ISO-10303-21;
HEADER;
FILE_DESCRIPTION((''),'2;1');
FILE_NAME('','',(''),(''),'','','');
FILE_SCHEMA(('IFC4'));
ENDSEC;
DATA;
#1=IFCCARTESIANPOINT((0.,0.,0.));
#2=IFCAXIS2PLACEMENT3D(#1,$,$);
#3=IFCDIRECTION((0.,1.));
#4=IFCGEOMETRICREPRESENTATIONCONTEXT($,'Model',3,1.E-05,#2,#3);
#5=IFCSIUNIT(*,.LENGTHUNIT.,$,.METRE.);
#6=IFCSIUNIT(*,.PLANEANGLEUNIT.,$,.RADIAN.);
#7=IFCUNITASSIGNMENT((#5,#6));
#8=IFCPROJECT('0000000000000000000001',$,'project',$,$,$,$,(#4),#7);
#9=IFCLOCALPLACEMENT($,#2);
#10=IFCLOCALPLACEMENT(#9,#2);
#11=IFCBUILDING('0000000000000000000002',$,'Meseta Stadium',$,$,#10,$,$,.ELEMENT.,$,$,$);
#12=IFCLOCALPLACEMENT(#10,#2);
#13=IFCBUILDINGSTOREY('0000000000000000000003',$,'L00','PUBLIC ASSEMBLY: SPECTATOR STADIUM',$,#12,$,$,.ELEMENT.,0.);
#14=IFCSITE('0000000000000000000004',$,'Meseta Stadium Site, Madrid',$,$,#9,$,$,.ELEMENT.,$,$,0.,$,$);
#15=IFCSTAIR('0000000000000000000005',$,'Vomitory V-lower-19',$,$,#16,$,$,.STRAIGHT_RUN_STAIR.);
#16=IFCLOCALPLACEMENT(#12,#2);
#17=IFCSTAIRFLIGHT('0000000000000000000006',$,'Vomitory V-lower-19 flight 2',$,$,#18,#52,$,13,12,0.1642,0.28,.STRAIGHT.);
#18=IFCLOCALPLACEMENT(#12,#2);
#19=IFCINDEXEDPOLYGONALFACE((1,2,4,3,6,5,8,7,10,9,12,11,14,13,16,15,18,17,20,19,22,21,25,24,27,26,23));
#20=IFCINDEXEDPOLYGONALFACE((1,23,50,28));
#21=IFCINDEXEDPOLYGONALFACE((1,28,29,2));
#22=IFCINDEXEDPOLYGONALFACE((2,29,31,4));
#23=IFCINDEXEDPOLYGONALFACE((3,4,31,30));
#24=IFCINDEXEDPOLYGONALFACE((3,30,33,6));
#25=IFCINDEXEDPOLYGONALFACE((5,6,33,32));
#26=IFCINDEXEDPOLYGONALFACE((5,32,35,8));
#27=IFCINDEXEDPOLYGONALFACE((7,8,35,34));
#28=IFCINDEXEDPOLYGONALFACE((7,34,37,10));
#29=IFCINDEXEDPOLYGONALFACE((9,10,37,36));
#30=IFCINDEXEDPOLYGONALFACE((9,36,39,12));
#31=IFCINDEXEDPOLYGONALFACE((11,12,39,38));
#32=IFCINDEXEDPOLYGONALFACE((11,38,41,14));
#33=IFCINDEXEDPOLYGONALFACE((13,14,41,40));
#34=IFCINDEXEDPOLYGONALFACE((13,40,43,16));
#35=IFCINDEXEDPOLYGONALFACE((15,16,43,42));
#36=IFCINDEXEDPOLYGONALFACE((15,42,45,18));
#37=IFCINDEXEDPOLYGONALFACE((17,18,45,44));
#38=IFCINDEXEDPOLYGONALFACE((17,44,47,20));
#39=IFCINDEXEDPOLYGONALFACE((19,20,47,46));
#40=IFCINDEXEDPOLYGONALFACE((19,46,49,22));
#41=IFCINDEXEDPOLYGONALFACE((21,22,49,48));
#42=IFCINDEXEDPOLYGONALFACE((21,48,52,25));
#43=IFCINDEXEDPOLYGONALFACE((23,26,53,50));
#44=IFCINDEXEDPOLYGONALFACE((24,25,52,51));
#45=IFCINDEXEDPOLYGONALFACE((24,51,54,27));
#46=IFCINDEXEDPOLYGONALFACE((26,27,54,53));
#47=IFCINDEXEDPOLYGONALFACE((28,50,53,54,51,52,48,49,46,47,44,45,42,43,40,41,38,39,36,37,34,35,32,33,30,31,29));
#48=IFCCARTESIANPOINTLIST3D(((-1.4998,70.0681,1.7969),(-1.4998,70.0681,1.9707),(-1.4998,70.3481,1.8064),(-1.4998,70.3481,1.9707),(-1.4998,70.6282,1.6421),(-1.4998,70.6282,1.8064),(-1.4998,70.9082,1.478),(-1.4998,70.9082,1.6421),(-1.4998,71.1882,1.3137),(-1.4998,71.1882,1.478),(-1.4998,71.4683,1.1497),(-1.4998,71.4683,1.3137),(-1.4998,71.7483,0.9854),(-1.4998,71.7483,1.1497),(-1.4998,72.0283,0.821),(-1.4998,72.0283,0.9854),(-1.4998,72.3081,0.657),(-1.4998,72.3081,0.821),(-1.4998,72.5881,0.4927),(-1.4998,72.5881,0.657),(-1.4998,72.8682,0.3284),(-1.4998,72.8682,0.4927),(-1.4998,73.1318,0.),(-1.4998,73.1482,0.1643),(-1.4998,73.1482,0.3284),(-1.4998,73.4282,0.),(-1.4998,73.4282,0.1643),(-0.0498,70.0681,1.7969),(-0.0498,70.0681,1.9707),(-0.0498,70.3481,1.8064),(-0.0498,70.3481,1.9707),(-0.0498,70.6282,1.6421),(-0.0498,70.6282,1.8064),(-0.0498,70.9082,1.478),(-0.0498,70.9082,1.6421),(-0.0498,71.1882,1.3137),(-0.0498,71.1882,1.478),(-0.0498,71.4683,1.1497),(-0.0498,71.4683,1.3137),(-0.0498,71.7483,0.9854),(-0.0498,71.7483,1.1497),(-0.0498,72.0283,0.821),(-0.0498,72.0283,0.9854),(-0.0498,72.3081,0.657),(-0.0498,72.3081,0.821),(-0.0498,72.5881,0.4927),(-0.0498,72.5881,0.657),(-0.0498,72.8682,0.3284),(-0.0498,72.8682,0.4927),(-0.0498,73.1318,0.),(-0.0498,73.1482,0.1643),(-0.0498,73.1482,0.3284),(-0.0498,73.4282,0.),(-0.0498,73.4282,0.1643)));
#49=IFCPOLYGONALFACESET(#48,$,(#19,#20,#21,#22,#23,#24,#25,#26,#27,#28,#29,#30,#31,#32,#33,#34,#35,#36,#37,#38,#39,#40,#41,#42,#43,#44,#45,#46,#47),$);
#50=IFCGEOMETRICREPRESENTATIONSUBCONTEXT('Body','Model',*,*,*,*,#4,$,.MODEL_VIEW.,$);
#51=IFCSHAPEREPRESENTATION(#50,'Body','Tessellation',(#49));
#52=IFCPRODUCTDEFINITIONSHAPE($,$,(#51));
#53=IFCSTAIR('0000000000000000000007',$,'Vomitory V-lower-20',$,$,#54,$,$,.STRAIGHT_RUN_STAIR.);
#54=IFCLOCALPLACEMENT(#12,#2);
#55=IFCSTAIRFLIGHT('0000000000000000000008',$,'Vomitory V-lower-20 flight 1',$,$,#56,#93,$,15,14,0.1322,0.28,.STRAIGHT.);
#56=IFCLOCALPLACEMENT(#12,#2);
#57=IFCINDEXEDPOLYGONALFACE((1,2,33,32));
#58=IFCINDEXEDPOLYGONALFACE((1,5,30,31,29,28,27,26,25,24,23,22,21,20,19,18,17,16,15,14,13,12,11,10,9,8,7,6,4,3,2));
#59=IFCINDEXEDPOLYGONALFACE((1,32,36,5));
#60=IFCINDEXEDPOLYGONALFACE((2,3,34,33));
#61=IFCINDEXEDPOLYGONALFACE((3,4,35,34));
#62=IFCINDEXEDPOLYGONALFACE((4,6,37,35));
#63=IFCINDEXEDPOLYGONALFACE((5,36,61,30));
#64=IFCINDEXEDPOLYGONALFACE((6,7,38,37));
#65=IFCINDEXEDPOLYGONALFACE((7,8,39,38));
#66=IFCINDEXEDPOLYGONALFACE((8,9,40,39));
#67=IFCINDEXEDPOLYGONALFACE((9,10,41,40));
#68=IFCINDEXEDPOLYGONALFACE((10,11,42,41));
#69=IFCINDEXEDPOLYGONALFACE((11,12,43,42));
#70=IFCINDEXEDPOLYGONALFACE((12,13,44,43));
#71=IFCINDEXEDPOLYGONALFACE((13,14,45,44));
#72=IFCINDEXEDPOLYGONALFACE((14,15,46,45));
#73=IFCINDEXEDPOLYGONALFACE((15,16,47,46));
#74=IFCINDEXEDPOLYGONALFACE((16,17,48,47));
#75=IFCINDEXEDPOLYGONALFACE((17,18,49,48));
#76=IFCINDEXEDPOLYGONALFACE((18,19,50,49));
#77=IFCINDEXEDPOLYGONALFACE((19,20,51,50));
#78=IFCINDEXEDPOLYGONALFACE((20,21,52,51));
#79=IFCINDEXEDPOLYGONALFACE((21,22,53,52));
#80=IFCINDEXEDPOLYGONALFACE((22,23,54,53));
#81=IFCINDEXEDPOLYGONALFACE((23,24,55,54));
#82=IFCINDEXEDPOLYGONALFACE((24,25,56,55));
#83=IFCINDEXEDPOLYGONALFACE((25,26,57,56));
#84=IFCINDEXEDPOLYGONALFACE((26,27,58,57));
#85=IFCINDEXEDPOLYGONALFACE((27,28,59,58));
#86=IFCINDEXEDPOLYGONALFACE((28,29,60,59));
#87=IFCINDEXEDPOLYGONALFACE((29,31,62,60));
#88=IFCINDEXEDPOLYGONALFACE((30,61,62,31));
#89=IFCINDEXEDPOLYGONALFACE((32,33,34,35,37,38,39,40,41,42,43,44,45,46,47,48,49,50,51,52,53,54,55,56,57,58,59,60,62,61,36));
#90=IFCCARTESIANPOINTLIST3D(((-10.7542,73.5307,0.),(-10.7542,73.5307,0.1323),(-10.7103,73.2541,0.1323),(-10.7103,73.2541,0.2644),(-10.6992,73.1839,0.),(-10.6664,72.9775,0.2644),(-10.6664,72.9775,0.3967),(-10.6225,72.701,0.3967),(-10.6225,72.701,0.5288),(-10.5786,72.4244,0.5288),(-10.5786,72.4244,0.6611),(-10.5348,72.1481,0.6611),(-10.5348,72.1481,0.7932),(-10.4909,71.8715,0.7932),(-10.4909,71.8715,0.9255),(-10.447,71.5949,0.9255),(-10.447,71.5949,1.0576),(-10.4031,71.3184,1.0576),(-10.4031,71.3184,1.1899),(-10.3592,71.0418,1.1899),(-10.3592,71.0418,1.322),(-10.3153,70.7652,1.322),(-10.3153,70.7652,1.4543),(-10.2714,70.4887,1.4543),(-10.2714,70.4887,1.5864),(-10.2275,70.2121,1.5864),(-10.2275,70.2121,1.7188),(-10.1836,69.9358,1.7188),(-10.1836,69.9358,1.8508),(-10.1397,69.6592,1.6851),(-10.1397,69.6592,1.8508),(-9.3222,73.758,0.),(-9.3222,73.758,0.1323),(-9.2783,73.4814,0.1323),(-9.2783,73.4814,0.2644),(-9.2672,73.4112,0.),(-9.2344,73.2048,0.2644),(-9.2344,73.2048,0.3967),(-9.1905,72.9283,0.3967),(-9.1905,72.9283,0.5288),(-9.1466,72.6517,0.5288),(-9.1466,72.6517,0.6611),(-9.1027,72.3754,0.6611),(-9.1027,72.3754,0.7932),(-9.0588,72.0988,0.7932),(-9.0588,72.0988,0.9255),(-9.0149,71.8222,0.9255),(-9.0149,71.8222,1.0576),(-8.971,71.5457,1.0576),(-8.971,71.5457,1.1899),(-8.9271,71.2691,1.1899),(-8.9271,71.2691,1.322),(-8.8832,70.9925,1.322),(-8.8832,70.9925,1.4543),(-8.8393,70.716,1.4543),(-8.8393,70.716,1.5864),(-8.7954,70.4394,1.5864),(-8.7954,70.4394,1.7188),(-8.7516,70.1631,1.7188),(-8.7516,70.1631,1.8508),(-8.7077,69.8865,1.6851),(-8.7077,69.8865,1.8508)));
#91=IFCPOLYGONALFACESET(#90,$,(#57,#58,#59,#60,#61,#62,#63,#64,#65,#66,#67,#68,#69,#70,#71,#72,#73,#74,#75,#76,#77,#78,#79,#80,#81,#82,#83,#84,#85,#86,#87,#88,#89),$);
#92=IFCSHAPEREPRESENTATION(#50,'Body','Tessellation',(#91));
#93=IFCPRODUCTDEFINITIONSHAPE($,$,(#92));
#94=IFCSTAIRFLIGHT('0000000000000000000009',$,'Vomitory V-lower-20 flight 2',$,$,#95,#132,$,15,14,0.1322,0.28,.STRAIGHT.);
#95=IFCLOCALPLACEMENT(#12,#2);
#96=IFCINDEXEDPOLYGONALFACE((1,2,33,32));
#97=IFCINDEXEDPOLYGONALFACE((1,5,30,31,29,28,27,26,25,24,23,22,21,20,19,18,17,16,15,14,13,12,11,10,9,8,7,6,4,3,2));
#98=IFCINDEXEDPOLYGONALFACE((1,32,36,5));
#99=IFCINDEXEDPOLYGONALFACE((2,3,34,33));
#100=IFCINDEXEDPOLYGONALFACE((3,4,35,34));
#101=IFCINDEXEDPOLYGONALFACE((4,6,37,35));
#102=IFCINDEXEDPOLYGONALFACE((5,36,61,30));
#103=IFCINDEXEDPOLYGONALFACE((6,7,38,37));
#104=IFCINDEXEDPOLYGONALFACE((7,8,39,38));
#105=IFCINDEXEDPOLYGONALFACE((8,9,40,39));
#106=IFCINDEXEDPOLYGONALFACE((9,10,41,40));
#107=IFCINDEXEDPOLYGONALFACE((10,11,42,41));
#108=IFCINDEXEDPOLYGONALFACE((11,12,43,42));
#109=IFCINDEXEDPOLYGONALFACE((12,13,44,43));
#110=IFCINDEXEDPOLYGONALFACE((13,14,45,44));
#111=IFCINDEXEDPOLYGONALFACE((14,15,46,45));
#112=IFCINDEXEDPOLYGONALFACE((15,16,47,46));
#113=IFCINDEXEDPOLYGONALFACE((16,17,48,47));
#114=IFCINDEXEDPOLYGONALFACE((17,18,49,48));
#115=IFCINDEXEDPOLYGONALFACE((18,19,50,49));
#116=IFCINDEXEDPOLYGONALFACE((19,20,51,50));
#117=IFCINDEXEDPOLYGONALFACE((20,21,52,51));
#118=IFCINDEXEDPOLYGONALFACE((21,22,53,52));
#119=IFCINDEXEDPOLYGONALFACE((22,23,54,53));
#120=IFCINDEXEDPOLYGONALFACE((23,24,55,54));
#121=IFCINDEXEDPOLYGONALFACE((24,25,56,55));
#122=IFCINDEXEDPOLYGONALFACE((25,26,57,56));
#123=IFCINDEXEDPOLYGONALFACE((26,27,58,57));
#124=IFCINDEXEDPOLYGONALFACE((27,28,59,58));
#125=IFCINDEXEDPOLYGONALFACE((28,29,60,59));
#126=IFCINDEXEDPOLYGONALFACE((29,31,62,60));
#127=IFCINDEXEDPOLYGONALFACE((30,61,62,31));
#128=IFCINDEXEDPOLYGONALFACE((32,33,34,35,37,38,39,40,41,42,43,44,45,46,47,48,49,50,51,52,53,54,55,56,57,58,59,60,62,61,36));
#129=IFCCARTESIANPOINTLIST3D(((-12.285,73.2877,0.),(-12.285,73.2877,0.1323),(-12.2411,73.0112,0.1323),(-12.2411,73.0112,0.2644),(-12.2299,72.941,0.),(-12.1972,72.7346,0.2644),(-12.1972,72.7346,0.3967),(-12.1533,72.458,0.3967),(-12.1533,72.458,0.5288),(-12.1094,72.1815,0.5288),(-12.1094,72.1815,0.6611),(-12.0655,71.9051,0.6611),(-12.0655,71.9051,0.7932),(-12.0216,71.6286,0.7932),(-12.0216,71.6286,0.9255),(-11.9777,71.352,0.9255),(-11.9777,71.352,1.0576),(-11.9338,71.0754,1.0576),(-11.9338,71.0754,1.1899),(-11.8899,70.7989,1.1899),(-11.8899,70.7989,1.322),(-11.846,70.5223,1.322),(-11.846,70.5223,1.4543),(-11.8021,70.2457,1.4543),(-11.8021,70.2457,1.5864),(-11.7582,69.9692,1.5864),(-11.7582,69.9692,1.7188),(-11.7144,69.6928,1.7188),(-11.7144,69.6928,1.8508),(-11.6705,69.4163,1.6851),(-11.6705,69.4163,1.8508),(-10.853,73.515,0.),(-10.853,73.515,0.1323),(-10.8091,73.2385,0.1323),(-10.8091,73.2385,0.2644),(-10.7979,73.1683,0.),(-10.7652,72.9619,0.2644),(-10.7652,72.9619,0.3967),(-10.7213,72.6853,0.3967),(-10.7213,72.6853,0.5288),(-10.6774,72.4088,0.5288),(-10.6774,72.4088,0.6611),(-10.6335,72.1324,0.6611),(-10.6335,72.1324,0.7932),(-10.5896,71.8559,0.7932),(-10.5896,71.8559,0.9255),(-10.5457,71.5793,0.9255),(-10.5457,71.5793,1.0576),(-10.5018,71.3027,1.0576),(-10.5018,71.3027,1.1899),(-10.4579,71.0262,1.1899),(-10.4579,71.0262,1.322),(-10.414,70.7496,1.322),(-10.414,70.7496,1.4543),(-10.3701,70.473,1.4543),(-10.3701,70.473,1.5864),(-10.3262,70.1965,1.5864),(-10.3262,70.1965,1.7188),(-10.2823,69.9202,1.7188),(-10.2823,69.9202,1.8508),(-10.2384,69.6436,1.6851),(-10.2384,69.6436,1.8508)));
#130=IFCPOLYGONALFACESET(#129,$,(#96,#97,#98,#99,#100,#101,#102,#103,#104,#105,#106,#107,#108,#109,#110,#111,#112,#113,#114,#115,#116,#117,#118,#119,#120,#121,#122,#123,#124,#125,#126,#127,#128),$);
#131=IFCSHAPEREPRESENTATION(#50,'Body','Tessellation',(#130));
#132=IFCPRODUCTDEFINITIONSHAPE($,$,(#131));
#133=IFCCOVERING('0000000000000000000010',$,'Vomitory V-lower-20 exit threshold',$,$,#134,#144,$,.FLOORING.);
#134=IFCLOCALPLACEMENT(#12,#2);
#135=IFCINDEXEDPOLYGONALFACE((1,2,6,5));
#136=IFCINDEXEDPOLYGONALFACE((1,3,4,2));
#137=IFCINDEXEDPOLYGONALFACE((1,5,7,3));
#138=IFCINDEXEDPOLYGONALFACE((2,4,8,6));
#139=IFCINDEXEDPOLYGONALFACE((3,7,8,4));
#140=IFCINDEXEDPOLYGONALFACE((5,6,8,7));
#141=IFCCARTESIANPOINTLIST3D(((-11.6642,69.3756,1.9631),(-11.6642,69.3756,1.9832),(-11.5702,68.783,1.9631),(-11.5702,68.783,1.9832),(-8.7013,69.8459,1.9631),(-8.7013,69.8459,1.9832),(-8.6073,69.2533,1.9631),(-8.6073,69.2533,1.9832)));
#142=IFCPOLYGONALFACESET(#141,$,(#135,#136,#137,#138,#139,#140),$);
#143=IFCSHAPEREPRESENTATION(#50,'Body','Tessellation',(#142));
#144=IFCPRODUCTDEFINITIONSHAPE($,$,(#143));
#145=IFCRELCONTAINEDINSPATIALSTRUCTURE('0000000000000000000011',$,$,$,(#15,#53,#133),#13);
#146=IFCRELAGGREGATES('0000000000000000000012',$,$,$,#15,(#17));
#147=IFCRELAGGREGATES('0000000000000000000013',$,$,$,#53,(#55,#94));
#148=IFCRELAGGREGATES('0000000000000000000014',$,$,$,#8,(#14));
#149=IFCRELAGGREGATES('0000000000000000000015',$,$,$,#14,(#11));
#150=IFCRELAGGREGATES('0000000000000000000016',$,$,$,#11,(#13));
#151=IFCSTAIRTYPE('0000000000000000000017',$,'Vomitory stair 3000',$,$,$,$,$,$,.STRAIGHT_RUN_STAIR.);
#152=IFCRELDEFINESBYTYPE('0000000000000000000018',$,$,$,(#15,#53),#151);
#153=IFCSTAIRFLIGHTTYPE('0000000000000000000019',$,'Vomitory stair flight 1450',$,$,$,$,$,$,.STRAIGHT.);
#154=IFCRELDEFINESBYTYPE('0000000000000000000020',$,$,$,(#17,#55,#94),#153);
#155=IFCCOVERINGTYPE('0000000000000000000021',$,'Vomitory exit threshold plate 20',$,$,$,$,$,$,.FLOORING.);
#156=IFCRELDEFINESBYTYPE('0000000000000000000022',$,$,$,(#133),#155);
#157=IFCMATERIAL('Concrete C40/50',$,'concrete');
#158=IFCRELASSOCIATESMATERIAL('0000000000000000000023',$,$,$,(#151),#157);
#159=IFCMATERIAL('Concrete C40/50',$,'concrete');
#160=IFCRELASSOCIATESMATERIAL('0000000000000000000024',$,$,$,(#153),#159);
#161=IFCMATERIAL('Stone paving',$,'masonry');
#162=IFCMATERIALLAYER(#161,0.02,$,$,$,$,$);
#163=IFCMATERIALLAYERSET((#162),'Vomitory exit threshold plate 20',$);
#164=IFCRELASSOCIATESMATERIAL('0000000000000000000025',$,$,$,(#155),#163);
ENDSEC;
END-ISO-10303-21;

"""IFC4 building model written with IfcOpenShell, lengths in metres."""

from ifc_helpers import new_model, si_unit, direction, frame, origin, origin_2d, place, context, subcontext, project, spatial, polyline, rectangle, outline, extrude, material, layer, layer_set, type_object, element, aggregate, save


model = new_model("IFC4")

# Units and contexts
model_context = context("Model", 3, precision=1e-05, world=origin(), true_north=direction((0.0, 1.0)))
body_context = subcontext(model_context, "Body", "Model", "MODEL_VIEW")
ifc_project = project(units=[si_unit("LENGTHUNIT", "METRE"), si_unit("PLANEANGLEUNIT", "RADIAN")], contexts=[model_context])

# Site, building, storey
site_placement = place(None, origin())
site = spatial("IfcSite", under=ifc_project, at=site_placement, Name="Meseta Stadium Site, Madrid", CompositionType="ELEMENT", RefElevation=0.0)
building_placement = place(site_placement, origin())
building = spatial("IfcBuilding", under=site, at=building_placement, Name="Meseta Stadium", CompositionType="ELEMENT")
storey_placement = place(building_placement, origin())
storey = spatial("IfcBuildingStorey", under=building, at=storey_placement, Name="L00", Description="PUBLIC ASSEMBLY: SPECTATOR STADIUM", CompositionType="ELEMENT", Elevation=0.0)

# Stair, stair flight
ifc_material_1 = material(Name="Concrete C40/50", Category="concrete")
stair_type = type_object("IfcStairType", Name="Vomitory stair 3000", PredefinedType="STRAIGHT_RUN_STAIR", material=ifc_material_1)
stair_1_placement = place(storey_placement, origin())
stair_1 = element("IfcStair", 1, at=stair_1_placement, inside=storey, type_object=stair_type, Name="Vomitory V-lower-19", PredefinedType="STRAIGHT_RUN_STAIR")
ifc_material_2 = material(Name="Concrete C40/50", Category="concrete")
stair_flight_type = type_object("IfcStairFlightType", Name="Vomitory stair flight 1450", PredefinedType="STRAIGHT", material=ifc_material_2)
stair_flight_1_placement = place(storey_placement, frame((-0.7749, 73.4282, 0.0), z_axis=(0.0, 0.0, 1.0), x_axis=(0.0, -1.0, 0.0)))
stair_flight_1 = element("IfcStairFlight", 2, at=stair_flight_1_placement, type_object=stair_flight_type, Name="Vomitory V-lower-19 flight 2", NumberOfRisers=13, NumberOfTreads=12, PredefinedType="STRAIGHT", RiserHeight=0.1642, TreadLength=0.28, context=body_context, shape_type="SweptSolid", body=[
    extrude(outline(polyline([(0.0, 0.0), (0.0, 0.1643), (0.28, 0.1643), (0.28, 0.3284), (0.5601, 0.3284), (0.5601, 0.4927), (0.8401, 0.4927), (0.8401, 0.657), (1.1201, 0.657), (1.1201, 0.821), (1.3999, 0.821), (1.3999, 0.9854), (1.6799, 0.9854), (1.6799, 1.1497), (1.96, 1.1497), (1.96, 1.3137), (2.24, 1.3137), (2.24, 1.478), (2.52, 1.478), (2.52, 1.6421), (2.8, 1.6421), (2.8, 1.8064), (3.0801, 1.8064), (3.0801, 1.9707), (3.3601, 1.9707), (3.3601, 1.7969), (0.2964, 0.0), (0.0, 0.0)])), frame((0.0, 0.7251, 0.0), z_axis=(0.0, -1.0, 0.0), x_axis=(1.0, 0.0, 0.0)), (0.0, 0.0, 1.0), 1.45),
])
aggregate(stair_1, [stair_flight_1])

# Stair, stair flights
stair_2_placement = place(storey_placement, origin())
stair_2 = element("IfcStair", 3, at=stair_2_placement, inside=storey, type_object=stair_type, Name="Vomitory V-lower-20", PredefinedType="STRAIGHT_RUN_STAIR")
stair_flight_2_placement = place(storey_placement, frame((-10.0383, 73.6443, 0.0), z_axis=(0.0, 0.0, 1.0), x_axis=(0.156767, -0.987636, 0.0)))
stair_flight_2 = element("IfcStairFlight", 4, at=stair_flight_2_placement, type_object=stair_flight_type, Name="Vomitory V-lower-20 flight 1", NumberOfRisers=15, NumberOfTreads=14, PredefinedType="STRAIGHT", RiserHeight=0.1322, TreadLength=0.28, context=body_context, shape_type="SweptSolid", body=[
    extrude(outline(polyline([(0.0, 0.0), (0.0, 0.1323), (0.28, 0.1323), (0.28, 0.2644), (0.5601, 0.2644), (0.5601, 0.3967), (0.8401, 0.3967), (0.8401, 0.5288), (1.1201, 0.5288), (1.1201, 0.6611), (1.3999, 0.6611), (1.3999, 0.7932), (1.6799, 0.7932), (1.6799, 0.9255), (1.96, 0.9255), (1.96, 1.0576), (2.24, 1.0576), (2.24, 1.1899), (2.52, 1.1899), (2.52, 1.322), (2.8, 1.322), (2.8, 1.4543), (3.0801, 1.4543), (3.0801, 1.5864), (3.3601, 1.5864), (3.3601, 1.7188), (3.6399, 1.7188), (3.6399, 1.8508), (3.9199, 1.8508), (3.9199, 1.6851), (0.3511, 0.0), (0.0, 0.0)])), frame((0.0, 0.7251, 0.0), z_axis=(0.0, -1.0, 0.0), x_axis=(1.0, 0.0, 0.0)), (0.0, 0.0, 1.0), 1.45),
])
stair_flight_3_placement = place(storey_placement, frame((-11.5691, 73.4014, 0.0), z_axis=(0.0, 0.0, 1.0), x_axis=(0.156767, -0.987636, 0.0)))
stair_flight_3 = element("IfcStairFlight", 5, at=stair_flight_3_placement, type_object=stair_flight_type, Name="Vomitory V-lower-20 flight 2", NumberOfRisers=15, NumberOfTreads=14, PredefinedType="STRAIGHT", RiserHeight=0.1322, TreadLength=0.28, context=body_context, shape_type="SweptSolid", body=[
    extrude(outline(polyline([(0.0, 0.0), (0.0, 0.1323), (0.28, 0.1323), (0.28, 0.2644), (0.5601, 0.2644), (0.5601, 0.3967), (0.8401, 0.3967), (0.8401, 0.5288), (1.1201, 0.5288), (1.1201, 0.6611), (1.3999, 0.6611), (1.3999, 0.7932), (1.6799, 0.7932), (1.6799, 0.9255), (1.96, 0.9255), (1.96, 1.0576), (2.24, 1.0576), (2.24, 1.1899), (2.52, 1.1899), (2.52, 1.322), (2.8, 1.322), (2.8, 1.4543), (3.0801, 1.4543), (3.0801, 1.5864), (3.3601, 1.5864), (3.3601, 1.7188), (3.6399, 1.7188), (3.6399, 1.8508), (3.9199, 1.8508), (3.9199, 1.6851), (0.3511, 0.0), (0.0, 0.0)])), frame((0.0, 0.7251, 0.0), z_axis=(0.0, -1.0, 0.0), x_axis=(1.0, 0.0, 0.0)), (0.0, 0.0, 1.0), 1.45),
])
aggregate(stair_2, [stair_flight_2, stair_flight_3])

# Covering
ifc_material_3 = material(Name="Stone paving", Category="masonry")
ifc_layer_1 = layer(ifc_material_3, 0.02)
ifc_layer_set_1 = layer_set([ifc_layer_1], Name="Vomitory exit threshold plate 20")
covering_type = type_object("IfcCoveringType", Name="Vomitory exit threshold plate 20", PredefinedType="FLOORING", material=ifc_layer_set_1)
covering_placement = place(storey_placement, frame((-10.1357, 69.3145, 1.9631), z_axis=(0.0, 0.0, 1.0), x_axis=(0.156767, -0.987636, 0.0)))
element("IfcCovering", 6, at=covering_placement, inside=storey, type_object=covering_type, Name="Vomitory V-lower-20 exit threshold", PredefinedType="FLOORING", context=body_context, shape_type="SweptSolid", body=[
    extrude(rectangle(XDim=0.6001, YDim=3.0, at=origin_2d()), origin(), (0.0, 0.0, 1.0), 0.02),
])

save(model, "model.ifc")
